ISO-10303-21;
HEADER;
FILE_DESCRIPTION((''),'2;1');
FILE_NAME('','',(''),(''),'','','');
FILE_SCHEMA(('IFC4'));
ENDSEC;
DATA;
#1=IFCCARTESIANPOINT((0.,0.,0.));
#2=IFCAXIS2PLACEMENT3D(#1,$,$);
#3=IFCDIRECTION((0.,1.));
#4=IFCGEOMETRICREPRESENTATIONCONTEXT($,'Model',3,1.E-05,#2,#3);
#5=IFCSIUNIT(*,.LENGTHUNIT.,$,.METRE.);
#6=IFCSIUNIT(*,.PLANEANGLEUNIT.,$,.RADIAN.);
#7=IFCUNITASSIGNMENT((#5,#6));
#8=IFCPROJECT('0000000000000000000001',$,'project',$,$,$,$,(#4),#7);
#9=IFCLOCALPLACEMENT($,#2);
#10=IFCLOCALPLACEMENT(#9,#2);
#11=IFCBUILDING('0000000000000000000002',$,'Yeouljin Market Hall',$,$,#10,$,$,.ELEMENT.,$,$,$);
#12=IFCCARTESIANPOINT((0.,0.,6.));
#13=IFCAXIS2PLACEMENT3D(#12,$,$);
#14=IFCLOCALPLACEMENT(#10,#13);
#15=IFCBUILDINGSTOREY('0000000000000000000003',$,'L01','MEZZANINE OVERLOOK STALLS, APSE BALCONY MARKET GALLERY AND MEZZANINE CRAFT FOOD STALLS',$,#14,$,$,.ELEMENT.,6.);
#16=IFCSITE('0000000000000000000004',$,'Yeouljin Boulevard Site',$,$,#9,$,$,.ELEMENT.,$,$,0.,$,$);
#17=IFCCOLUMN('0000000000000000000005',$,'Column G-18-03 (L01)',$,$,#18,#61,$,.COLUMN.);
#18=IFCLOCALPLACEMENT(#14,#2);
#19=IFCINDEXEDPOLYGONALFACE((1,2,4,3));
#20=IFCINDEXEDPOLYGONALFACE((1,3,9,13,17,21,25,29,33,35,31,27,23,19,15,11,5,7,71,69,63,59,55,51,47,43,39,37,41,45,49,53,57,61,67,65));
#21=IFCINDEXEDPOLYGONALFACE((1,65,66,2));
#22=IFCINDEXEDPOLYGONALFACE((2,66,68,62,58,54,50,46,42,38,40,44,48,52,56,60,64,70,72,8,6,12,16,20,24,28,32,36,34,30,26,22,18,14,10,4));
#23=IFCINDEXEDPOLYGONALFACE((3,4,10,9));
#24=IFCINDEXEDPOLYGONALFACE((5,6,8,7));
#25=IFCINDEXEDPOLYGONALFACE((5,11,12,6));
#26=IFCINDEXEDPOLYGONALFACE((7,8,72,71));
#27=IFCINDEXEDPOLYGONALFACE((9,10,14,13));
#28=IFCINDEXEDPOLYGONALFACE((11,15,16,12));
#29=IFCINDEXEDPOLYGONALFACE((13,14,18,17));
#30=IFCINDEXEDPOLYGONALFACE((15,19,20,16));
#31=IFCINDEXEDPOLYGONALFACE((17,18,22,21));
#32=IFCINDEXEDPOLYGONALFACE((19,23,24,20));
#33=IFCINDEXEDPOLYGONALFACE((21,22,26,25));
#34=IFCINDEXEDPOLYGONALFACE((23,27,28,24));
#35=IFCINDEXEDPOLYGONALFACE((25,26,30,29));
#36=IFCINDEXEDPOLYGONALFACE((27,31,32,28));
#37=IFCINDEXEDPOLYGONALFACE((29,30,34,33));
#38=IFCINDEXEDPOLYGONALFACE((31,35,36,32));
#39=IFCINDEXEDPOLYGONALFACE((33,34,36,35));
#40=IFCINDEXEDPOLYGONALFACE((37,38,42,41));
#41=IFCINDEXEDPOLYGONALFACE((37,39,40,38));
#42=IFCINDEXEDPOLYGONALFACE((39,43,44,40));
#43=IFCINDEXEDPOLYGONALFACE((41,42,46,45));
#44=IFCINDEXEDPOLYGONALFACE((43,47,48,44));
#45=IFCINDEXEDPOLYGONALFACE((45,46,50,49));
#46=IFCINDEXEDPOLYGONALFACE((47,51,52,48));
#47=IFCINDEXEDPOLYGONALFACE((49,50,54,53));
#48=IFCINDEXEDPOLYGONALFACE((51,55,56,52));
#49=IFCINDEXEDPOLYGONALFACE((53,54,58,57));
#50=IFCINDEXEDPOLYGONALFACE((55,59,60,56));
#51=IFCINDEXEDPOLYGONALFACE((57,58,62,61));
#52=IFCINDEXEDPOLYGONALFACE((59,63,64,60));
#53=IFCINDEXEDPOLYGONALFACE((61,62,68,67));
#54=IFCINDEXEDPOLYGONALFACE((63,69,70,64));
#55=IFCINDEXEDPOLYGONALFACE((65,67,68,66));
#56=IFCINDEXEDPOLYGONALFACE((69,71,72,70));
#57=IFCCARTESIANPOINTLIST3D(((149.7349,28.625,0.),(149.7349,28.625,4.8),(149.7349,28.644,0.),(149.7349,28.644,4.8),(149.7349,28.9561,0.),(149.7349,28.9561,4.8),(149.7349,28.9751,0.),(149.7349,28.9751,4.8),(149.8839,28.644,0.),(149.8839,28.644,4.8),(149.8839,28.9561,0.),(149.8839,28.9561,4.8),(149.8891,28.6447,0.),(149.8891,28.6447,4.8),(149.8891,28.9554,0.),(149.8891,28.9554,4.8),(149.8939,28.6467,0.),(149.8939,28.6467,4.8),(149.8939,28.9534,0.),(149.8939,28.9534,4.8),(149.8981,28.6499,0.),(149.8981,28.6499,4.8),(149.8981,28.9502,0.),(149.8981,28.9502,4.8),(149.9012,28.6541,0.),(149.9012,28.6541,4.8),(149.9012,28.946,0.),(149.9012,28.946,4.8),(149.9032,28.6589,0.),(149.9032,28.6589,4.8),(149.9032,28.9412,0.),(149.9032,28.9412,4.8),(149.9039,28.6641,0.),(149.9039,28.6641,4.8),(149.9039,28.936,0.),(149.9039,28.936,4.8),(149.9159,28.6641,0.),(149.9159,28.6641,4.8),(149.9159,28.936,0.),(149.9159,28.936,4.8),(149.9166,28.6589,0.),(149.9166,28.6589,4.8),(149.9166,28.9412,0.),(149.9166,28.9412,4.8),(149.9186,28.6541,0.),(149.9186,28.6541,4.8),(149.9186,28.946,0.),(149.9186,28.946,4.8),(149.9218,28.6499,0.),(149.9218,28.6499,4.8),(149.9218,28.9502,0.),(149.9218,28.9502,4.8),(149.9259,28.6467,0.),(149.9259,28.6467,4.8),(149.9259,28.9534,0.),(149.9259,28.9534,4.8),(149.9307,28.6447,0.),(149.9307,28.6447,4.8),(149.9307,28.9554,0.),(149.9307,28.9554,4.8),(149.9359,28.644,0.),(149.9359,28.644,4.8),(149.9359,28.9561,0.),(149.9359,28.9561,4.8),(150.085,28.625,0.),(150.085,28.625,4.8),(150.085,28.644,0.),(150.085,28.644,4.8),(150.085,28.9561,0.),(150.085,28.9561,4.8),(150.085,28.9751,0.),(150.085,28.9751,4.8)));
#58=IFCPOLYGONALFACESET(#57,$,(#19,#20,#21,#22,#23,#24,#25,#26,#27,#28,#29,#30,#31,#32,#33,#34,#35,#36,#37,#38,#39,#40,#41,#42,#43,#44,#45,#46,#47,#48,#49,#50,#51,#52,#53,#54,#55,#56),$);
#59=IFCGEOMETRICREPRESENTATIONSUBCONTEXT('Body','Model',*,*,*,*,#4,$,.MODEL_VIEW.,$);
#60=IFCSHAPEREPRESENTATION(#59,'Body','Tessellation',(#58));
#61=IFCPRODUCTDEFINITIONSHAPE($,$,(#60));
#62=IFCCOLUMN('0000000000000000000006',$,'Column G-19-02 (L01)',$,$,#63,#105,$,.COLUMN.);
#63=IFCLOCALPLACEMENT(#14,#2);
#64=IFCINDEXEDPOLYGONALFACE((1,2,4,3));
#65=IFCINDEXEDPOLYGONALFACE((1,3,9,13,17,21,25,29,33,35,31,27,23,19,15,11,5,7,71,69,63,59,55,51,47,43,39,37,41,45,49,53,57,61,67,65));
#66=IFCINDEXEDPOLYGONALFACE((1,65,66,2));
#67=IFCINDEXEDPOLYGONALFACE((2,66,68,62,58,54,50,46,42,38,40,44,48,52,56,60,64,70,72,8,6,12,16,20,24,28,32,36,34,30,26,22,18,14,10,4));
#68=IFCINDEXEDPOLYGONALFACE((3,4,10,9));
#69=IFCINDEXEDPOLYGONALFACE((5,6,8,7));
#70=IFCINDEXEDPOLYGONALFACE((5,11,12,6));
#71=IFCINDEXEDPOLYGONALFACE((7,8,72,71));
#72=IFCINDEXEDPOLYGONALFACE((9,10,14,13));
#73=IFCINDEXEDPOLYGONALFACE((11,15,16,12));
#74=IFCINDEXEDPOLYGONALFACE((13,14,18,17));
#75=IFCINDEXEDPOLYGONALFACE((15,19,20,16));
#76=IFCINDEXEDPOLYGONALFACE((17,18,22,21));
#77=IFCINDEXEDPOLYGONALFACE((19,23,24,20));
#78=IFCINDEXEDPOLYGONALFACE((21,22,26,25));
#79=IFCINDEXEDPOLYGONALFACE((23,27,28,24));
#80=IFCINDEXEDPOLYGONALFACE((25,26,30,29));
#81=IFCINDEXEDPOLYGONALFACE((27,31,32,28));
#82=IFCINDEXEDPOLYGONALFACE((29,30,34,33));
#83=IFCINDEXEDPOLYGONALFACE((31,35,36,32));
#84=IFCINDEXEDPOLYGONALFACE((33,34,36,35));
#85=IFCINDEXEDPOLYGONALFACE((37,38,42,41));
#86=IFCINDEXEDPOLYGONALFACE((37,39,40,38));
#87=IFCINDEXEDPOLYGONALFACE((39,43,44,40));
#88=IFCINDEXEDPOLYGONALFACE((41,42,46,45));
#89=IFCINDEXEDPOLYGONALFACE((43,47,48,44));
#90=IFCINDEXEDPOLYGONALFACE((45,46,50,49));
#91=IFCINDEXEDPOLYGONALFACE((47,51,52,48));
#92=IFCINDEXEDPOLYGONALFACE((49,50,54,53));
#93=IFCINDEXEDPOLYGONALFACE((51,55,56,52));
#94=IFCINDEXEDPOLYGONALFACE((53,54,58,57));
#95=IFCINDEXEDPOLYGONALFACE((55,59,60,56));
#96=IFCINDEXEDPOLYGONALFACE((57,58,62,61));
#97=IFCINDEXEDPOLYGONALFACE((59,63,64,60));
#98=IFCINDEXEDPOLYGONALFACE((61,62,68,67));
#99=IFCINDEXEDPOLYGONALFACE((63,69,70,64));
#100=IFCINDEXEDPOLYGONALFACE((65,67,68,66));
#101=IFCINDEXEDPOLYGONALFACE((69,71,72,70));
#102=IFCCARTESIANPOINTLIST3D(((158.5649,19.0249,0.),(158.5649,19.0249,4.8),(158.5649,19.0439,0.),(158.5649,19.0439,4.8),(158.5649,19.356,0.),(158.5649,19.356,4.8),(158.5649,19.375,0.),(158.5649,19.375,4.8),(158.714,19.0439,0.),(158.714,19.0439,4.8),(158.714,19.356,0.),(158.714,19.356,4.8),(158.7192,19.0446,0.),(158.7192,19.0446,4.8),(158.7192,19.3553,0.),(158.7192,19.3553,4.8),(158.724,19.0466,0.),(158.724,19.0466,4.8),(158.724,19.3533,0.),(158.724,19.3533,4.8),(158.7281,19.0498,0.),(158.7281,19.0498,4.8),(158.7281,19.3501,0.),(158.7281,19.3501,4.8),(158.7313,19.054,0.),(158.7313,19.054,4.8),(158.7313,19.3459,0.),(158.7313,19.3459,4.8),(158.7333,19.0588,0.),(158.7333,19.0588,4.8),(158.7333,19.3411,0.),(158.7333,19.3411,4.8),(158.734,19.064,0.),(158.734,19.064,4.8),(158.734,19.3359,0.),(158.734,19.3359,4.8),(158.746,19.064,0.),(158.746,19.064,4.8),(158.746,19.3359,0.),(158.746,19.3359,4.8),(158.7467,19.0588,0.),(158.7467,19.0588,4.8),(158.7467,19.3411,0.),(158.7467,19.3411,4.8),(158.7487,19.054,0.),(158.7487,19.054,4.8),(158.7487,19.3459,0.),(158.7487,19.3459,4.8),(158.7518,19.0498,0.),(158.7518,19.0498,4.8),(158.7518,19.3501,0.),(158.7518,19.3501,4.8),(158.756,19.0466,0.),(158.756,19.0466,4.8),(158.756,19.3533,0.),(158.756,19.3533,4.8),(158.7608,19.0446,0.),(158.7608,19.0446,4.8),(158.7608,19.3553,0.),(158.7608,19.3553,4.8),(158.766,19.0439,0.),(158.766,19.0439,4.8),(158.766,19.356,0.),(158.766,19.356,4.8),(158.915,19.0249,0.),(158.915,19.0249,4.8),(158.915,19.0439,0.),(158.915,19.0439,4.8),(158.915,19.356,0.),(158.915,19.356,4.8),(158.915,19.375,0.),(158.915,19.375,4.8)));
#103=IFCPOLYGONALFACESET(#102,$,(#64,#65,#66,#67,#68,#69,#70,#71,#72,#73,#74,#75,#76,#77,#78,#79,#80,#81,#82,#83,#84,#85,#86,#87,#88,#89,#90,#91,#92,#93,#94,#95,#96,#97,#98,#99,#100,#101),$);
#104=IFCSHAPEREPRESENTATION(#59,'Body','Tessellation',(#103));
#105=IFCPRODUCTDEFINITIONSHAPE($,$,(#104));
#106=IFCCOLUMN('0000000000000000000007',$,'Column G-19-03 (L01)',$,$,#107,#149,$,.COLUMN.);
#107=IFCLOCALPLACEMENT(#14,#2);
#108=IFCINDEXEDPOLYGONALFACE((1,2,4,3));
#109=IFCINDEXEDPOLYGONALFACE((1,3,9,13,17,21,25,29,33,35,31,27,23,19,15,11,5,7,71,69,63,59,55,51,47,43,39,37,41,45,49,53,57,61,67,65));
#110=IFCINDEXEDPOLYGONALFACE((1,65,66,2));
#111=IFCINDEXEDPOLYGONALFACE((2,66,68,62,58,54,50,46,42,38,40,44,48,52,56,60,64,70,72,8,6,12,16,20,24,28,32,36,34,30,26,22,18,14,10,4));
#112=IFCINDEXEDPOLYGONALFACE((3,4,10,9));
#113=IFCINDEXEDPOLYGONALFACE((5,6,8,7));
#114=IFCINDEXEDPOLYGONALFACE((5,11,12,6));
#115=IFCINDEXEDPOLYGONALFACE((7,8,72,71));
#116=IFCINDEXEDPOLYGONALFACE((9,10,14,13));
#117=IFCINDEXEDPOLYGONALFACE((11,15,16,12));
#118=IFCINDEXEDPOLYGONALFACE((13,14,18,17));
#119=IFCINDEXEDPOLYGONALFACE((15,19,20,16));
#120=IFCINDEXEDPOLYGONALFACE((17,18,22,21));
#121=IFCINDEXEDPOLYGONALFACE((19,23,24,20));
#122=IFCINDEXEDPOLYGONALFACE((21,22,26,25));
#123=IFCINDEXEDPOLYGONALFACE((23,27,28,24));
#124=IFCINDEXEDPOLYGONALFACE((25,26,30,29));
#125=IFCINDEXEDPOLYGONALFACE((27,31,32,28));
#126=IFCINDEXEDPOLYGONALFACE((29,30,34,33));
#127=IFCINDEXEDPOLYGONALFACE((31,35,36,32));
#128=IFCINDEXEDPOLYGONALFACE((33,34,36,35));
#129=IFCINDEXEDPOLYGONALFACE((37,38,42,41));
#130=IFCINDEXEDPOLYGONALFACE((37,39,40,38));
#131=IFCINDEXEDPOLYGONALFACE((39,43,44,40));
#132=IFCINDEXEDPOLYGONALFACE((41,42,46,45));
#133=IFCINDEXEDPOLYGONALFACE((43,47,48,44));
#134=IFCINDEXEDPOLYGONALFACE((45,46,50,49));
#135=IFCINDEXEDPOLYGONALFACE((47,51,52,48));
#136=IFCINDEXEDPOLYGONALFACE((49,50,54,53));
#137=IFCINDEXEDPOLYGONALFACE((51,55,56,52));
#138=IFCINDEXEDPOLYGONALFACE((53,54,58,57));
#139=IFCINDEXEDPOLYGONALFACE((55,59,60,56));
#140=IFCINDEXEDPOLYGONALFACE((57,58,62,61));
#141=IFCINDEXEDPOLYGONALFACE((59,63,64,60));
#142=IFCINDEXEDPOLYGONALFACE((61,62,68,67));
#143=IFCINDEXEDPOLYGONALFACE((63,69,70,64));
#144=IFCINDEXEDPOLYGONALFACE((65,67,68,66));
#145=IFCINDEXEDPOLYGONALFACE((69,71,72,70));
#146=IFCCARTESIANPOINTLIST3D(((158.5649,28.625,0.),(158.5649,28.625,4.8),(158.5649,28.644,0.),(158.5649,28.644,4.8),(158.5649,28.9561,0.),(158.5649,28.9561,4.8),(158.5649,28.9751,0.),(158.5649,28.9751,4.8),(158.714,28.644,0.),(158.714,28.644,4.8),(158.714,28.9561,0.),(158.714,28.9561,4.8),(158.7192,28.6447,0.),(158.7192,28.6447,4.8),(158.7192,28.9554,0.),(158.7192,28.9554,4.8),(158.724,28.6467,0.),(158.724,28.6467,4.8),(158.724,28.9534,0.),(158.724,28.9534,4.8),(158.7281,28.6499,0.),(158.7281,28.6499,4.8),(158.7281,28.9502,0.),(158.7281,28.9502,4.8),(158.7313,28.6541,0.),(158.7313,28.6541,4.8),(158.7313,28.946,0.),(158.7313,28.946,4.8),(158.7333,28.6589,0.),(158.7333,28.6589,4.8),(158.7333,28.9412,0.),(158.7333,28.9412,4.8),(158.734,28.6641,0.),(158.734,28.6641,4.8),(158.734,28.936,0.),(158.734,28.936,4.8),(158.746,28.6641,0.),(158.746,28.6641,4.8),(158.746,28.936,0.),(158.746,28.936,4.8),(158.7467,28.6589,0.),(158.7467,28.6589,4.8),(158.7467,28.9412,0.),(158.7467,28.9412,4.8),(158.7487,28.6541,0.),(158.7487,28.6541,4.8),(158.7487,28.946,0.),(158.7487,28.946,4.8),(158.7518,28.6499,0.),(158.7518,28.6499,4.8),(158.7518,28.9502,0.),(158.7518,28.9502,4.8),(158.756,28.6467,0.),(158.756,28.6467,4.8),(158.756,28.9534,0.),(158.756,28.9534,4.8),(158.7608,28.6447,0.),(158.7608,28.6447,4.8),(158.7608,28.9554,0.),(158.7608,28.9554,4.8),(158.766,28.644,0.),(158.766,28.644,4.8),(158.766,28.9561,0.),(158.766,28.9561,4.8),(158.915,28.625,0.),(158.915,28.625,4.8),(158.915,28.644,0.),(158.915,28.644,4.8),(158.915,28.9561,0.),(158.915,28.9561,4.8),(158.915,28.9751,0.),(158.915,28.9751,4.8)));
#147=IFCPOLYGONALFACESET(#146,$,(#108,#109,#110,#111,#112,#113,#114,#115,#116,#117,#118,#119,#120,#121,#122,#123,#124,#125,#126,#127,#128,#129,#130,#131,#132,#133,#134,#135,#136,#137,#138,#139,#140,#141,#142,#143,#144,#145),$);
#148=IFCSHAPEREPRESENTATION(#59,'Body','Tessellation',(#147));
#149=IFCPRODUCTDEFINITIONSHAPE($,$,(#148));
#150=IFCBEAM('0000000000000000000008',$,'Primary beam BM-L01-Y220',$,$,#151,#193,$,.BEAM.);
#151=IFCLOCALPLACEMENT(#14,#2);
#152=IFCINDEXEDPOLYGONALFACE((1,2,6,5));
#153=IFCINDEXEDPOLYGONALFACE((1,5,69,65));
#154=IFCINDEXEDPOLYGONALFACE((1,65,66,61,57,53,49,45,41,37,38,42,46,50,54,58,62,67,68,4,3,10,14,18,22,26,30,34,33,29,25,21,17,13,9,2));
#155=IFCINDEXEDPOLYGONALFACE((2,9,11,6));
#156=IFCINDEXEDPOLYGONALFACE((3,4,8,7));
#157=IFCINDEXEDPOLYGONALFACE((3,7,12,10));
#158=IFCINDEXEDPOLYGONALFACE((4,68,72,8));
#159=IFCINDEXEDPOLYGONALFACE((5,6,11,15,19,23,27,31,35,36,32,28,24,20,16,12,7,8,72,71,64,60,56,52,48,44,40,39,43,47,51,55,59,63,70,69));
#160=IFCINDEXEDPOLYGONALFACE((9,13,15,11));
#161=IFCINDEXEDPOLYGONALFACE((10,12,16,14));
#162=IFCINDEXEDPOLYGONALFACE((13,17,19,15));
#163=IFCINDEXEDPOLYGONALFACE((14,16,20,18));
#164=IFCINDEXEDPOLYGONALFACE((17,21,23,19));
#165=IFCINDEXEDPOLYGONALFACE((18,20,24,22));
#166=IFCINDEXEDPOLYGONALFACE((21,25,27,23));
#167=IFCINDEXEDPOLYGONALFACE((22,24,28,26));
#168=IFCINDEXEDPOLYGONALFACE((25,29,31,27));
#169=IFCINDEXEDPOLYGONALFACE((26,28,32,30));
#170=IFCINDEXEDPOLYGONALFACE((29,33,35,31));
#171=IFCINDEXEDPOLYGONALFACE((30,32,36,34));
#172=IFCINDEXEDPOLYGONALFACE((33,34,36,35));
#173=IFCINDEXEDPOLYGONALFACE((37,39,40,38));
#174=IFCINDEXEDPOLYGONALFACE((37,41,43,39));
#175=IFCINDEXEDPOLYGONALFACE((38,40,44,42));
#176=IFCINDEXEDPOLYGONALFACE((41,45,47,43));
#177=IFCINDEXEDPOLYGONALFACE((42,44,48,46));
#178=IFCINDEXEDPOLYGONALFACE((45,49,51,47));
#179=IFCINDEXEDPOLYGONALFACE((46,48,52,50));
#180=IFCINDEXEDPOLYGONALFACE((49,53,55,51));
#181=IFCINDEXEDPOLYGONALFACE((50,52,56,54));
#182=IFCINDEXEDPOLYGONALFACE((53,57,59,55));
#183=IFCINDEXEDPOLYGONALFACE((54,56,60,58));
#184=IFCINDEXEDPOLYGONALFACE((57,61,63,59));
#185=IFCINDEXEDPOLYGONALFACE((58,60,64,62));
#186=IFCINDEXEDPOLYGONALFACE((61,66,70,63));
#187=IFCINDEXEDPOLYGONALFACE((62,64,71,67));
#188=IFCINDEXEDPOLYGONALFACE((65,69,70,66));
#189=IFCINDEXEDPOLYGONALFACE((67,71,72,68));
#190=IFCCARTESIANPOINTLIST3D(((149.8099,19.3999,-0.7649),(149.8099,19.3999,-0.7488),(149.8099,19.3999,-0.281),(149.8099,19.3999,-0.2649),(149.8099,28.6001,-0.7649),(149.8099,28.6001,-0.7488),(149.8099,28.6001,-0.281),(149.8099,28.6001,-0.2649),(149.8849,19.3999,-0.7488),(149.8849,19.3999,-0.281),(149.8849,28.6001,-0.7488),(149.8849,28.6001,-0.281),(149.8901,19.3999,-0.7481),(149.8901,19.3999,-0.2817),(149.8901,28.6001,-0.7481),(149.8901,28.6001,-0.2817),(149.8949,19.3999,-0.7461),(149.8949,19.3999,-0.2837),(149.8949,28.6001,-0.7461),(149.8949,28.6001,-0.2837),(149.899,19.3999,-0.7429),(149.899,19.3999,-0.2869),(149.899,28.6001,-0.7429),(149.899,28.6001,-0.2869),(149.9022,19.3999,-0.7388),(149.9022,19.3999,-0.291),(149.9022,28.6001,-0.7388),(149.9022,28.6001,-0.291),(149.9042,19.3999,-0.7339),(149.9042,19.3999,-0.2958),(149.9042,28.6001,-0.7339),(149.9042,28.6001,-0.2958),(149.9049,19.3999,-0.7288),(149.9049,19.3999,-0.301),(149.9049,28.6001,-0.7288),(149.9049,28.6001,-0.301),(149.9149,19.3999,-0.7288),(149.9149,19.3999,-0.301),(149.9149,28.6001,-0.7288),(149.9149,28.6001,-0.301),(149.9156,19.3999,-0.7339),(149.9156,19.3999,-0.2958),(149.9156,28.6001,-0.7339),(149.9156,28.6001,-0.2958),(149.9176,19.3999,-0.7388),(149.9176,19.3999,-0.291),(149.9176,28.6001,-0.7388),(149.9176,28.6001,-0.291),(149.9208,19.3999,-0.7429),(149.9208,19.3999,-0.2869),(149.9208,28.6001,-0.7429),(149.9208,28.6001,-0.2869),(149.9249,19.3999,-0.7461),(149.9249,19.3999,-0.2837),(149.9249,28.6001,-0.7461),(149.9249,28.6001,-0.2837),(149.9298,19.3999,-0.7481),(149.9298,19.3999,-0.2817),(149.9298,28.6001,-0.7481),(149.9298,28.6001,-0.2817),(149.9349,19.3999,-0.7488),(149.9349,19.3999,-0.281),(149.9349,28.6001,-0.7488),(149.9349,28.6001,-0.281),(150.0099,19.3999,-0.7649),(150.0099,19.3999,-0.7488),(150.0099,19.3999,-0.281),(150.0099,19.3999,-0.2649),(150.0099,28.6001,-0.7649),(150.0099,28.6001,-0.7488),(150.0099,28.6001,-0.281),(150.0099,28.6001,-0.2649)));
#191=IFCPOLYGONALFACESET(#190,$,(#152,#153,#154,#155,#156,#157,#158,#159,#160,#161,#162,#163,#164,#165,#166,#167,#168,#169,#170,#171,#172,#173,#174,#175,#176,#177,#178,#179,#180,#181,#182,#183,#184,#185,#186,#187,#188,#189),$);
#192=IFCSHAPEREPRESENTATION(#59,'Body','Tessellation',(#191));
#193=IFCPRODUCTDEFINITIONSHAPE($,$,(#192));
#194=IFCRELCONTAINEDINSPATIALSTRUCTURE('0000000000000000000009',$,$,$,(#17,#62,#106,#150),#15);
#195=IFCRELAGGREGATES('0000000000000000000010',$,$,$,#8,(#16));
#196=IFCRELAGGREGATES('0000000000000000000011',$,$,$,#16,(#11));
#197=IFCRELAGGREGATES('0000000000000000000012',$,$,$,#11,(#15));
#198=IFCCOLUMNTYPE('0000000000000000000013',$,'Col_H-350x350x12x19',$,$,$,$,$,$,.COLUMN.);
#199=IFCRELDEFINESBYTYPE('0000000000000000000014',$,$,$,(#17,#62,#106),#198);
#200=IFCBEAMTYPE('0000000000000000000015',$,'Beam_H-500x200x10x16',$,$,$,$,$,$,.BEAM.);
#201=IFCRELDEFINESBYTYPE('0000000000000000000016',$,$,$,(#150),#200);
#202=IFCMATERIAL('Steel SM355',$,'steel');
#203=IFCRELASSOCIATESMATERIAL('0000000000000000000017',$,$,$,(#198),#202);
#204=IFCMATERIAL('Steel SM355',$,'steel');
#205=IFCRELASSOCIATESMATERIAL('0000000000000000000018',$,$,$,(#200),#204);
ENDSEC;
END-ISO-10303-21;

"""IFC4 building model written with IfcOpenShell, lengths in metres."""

from ifc_helpers import new_model, si_unit, direction, frame, origin, origin_2d, place, context, subcontext, project, spatial, i_section, extrude, material, material_profile, profile_set, type_object, element, save


model = new_model("IFC4")

# Units and contexts
model_context = context("Model", 3, precision=1e-05, world=origin(), true_north=direction((0.0, 1.0)))
body_context = subcontext(model_context, "Body", "Model", "MODEL_VIEW")
ifc_project = project(units=[si_unit("LENGTHUNIT", "METRE"), si_unit("PLANEANGLEUNIT", "RADIAN")], contexts=[model_context])

# Site, building, storey
site_placement = place(None, origin())
site = spatial("IfcSite", under=ifc_project, at=site_placement, Name="Yeouljin Boulevard Site", CompositionType="ELEMENT", RefElevation=0.0)
building_placement = place(site_placement, origin())
building = spatial("IfcBuilding", under=site, at=building_placement, Name="Yeouljin Market Hall", CompositionType="ELEMENT")
storey_placement = place(building_placement, frame((0.0, 0.0, 6.0)))
storey = spatial("IfcBuildingStorey", under=building, at=storey_placement, Name="L01", Description="MEZZANINE OVERLOOK STALLS, APSE BALCONY MARKET GALLERY AND MEZZANINE CRAFT FOOD STALLS", CompositionType="ELEMENT", Elevation=6.0)

# Columns
ifc_material_1 = material(Name="Steel SM355", Category="steel")
ifc_material_profile_1 = material_profile(ifc_material_1, i_section(OverallWidth=0.3501, OverallDepth=0.3501, WebThickness=0.012, FlangeThickness=0.019, FilletRadius=0.02, at=origin_2d()), Name="H-350x350x12x19")
ifc_profile_set_1 = profile_set([ifc_material_profile_1], Name="Steel SM355")
column_type = type_object("IfcColumnType", Name="Col_H-350x350x12x19", PredefinedType="COLUMN", material=ifc_profile_set_1)
for number, where, z_axis, x_axis, name in (
    (1, (149.9099, 28.8, 0.0), (0.0, 0.0, 1.0), (1.0, 0.0, 0.0), "Column G-18-03 (L01)"),
    (2, (158.74, 19.2, 0.0), (0.0, 0.0, 1.0), (1.0, 0.0, 0.0), "Column G-19-02 (L01)"),
    (3, (158.74, 28.8, 0.0), (0.0, 0.0, 1.0), (1.0, 0.0, 0.0), "Column G-19-03 (L01)"),
):
    element("IfcColumn", number, at=place(storey_placement, frame(where, z_axis=z_axis, x_axis=x_axis)), inside=storey, type_object=column_type, Name=name, PredefinedType="COLUMN", context=body_context, shape_type="SweptSolid", body=[
        extrude(i_section(OverallWidth=0.3501, OverallDepth=0.3501, WebThickness=0.012, FlangeThickness=0.019, FilletRadius=0.02, at=origin_2d()), origin(), (0.0, 0.0, 1.0), 4.8),
    ])

# Beam
ifc_material_2 = material(Name="Steel SM355", Category="steel")
ifc_material_profile_2 = material_profile(ifc_material_2, i_section(OverallWidth=0.2, OverallDepth=0.5, WebThickness=0.01, FlangeThickness=0.0161, FilletRadius=0.02, at=origin_2d()), Name="H-500x200x10x16")
ifc_profile_set_2 = profile_set([ifc_material_profile_2], Name="Steel SM355")
beam_type_1 = type_object("IfcBeamType", Name="Beam_H-500x200x10x16", PredefinedType="BEAM", material=ifc_profile_set_2)
beam_1_placement = place(storey_placement, frame((149.9099, 19.3999, -0.5149), z_axis=(0.0, 1.0, 0.0), x_axis=(-1.0, 0.0, 0.0)))
element("IfcBeam", 4, at=beam_1_placement, inside=storey, type_object=beam_type_1, Name="Primary beam BM-L01-Y220", PredefinedType="BEAM", context=body_context, shape_type="SweptSolid", body=[
    extrude(i_section(OverallWidth=0.2, OverallDepth=0.5, WebThickness=0.01, FlangeThickness=0.0161, FilletRadius=0.02, at=origin_2d()), origin(), (0.0, 0.0, 1.0), 9.2002),
])

save(model, "model.ifc")
